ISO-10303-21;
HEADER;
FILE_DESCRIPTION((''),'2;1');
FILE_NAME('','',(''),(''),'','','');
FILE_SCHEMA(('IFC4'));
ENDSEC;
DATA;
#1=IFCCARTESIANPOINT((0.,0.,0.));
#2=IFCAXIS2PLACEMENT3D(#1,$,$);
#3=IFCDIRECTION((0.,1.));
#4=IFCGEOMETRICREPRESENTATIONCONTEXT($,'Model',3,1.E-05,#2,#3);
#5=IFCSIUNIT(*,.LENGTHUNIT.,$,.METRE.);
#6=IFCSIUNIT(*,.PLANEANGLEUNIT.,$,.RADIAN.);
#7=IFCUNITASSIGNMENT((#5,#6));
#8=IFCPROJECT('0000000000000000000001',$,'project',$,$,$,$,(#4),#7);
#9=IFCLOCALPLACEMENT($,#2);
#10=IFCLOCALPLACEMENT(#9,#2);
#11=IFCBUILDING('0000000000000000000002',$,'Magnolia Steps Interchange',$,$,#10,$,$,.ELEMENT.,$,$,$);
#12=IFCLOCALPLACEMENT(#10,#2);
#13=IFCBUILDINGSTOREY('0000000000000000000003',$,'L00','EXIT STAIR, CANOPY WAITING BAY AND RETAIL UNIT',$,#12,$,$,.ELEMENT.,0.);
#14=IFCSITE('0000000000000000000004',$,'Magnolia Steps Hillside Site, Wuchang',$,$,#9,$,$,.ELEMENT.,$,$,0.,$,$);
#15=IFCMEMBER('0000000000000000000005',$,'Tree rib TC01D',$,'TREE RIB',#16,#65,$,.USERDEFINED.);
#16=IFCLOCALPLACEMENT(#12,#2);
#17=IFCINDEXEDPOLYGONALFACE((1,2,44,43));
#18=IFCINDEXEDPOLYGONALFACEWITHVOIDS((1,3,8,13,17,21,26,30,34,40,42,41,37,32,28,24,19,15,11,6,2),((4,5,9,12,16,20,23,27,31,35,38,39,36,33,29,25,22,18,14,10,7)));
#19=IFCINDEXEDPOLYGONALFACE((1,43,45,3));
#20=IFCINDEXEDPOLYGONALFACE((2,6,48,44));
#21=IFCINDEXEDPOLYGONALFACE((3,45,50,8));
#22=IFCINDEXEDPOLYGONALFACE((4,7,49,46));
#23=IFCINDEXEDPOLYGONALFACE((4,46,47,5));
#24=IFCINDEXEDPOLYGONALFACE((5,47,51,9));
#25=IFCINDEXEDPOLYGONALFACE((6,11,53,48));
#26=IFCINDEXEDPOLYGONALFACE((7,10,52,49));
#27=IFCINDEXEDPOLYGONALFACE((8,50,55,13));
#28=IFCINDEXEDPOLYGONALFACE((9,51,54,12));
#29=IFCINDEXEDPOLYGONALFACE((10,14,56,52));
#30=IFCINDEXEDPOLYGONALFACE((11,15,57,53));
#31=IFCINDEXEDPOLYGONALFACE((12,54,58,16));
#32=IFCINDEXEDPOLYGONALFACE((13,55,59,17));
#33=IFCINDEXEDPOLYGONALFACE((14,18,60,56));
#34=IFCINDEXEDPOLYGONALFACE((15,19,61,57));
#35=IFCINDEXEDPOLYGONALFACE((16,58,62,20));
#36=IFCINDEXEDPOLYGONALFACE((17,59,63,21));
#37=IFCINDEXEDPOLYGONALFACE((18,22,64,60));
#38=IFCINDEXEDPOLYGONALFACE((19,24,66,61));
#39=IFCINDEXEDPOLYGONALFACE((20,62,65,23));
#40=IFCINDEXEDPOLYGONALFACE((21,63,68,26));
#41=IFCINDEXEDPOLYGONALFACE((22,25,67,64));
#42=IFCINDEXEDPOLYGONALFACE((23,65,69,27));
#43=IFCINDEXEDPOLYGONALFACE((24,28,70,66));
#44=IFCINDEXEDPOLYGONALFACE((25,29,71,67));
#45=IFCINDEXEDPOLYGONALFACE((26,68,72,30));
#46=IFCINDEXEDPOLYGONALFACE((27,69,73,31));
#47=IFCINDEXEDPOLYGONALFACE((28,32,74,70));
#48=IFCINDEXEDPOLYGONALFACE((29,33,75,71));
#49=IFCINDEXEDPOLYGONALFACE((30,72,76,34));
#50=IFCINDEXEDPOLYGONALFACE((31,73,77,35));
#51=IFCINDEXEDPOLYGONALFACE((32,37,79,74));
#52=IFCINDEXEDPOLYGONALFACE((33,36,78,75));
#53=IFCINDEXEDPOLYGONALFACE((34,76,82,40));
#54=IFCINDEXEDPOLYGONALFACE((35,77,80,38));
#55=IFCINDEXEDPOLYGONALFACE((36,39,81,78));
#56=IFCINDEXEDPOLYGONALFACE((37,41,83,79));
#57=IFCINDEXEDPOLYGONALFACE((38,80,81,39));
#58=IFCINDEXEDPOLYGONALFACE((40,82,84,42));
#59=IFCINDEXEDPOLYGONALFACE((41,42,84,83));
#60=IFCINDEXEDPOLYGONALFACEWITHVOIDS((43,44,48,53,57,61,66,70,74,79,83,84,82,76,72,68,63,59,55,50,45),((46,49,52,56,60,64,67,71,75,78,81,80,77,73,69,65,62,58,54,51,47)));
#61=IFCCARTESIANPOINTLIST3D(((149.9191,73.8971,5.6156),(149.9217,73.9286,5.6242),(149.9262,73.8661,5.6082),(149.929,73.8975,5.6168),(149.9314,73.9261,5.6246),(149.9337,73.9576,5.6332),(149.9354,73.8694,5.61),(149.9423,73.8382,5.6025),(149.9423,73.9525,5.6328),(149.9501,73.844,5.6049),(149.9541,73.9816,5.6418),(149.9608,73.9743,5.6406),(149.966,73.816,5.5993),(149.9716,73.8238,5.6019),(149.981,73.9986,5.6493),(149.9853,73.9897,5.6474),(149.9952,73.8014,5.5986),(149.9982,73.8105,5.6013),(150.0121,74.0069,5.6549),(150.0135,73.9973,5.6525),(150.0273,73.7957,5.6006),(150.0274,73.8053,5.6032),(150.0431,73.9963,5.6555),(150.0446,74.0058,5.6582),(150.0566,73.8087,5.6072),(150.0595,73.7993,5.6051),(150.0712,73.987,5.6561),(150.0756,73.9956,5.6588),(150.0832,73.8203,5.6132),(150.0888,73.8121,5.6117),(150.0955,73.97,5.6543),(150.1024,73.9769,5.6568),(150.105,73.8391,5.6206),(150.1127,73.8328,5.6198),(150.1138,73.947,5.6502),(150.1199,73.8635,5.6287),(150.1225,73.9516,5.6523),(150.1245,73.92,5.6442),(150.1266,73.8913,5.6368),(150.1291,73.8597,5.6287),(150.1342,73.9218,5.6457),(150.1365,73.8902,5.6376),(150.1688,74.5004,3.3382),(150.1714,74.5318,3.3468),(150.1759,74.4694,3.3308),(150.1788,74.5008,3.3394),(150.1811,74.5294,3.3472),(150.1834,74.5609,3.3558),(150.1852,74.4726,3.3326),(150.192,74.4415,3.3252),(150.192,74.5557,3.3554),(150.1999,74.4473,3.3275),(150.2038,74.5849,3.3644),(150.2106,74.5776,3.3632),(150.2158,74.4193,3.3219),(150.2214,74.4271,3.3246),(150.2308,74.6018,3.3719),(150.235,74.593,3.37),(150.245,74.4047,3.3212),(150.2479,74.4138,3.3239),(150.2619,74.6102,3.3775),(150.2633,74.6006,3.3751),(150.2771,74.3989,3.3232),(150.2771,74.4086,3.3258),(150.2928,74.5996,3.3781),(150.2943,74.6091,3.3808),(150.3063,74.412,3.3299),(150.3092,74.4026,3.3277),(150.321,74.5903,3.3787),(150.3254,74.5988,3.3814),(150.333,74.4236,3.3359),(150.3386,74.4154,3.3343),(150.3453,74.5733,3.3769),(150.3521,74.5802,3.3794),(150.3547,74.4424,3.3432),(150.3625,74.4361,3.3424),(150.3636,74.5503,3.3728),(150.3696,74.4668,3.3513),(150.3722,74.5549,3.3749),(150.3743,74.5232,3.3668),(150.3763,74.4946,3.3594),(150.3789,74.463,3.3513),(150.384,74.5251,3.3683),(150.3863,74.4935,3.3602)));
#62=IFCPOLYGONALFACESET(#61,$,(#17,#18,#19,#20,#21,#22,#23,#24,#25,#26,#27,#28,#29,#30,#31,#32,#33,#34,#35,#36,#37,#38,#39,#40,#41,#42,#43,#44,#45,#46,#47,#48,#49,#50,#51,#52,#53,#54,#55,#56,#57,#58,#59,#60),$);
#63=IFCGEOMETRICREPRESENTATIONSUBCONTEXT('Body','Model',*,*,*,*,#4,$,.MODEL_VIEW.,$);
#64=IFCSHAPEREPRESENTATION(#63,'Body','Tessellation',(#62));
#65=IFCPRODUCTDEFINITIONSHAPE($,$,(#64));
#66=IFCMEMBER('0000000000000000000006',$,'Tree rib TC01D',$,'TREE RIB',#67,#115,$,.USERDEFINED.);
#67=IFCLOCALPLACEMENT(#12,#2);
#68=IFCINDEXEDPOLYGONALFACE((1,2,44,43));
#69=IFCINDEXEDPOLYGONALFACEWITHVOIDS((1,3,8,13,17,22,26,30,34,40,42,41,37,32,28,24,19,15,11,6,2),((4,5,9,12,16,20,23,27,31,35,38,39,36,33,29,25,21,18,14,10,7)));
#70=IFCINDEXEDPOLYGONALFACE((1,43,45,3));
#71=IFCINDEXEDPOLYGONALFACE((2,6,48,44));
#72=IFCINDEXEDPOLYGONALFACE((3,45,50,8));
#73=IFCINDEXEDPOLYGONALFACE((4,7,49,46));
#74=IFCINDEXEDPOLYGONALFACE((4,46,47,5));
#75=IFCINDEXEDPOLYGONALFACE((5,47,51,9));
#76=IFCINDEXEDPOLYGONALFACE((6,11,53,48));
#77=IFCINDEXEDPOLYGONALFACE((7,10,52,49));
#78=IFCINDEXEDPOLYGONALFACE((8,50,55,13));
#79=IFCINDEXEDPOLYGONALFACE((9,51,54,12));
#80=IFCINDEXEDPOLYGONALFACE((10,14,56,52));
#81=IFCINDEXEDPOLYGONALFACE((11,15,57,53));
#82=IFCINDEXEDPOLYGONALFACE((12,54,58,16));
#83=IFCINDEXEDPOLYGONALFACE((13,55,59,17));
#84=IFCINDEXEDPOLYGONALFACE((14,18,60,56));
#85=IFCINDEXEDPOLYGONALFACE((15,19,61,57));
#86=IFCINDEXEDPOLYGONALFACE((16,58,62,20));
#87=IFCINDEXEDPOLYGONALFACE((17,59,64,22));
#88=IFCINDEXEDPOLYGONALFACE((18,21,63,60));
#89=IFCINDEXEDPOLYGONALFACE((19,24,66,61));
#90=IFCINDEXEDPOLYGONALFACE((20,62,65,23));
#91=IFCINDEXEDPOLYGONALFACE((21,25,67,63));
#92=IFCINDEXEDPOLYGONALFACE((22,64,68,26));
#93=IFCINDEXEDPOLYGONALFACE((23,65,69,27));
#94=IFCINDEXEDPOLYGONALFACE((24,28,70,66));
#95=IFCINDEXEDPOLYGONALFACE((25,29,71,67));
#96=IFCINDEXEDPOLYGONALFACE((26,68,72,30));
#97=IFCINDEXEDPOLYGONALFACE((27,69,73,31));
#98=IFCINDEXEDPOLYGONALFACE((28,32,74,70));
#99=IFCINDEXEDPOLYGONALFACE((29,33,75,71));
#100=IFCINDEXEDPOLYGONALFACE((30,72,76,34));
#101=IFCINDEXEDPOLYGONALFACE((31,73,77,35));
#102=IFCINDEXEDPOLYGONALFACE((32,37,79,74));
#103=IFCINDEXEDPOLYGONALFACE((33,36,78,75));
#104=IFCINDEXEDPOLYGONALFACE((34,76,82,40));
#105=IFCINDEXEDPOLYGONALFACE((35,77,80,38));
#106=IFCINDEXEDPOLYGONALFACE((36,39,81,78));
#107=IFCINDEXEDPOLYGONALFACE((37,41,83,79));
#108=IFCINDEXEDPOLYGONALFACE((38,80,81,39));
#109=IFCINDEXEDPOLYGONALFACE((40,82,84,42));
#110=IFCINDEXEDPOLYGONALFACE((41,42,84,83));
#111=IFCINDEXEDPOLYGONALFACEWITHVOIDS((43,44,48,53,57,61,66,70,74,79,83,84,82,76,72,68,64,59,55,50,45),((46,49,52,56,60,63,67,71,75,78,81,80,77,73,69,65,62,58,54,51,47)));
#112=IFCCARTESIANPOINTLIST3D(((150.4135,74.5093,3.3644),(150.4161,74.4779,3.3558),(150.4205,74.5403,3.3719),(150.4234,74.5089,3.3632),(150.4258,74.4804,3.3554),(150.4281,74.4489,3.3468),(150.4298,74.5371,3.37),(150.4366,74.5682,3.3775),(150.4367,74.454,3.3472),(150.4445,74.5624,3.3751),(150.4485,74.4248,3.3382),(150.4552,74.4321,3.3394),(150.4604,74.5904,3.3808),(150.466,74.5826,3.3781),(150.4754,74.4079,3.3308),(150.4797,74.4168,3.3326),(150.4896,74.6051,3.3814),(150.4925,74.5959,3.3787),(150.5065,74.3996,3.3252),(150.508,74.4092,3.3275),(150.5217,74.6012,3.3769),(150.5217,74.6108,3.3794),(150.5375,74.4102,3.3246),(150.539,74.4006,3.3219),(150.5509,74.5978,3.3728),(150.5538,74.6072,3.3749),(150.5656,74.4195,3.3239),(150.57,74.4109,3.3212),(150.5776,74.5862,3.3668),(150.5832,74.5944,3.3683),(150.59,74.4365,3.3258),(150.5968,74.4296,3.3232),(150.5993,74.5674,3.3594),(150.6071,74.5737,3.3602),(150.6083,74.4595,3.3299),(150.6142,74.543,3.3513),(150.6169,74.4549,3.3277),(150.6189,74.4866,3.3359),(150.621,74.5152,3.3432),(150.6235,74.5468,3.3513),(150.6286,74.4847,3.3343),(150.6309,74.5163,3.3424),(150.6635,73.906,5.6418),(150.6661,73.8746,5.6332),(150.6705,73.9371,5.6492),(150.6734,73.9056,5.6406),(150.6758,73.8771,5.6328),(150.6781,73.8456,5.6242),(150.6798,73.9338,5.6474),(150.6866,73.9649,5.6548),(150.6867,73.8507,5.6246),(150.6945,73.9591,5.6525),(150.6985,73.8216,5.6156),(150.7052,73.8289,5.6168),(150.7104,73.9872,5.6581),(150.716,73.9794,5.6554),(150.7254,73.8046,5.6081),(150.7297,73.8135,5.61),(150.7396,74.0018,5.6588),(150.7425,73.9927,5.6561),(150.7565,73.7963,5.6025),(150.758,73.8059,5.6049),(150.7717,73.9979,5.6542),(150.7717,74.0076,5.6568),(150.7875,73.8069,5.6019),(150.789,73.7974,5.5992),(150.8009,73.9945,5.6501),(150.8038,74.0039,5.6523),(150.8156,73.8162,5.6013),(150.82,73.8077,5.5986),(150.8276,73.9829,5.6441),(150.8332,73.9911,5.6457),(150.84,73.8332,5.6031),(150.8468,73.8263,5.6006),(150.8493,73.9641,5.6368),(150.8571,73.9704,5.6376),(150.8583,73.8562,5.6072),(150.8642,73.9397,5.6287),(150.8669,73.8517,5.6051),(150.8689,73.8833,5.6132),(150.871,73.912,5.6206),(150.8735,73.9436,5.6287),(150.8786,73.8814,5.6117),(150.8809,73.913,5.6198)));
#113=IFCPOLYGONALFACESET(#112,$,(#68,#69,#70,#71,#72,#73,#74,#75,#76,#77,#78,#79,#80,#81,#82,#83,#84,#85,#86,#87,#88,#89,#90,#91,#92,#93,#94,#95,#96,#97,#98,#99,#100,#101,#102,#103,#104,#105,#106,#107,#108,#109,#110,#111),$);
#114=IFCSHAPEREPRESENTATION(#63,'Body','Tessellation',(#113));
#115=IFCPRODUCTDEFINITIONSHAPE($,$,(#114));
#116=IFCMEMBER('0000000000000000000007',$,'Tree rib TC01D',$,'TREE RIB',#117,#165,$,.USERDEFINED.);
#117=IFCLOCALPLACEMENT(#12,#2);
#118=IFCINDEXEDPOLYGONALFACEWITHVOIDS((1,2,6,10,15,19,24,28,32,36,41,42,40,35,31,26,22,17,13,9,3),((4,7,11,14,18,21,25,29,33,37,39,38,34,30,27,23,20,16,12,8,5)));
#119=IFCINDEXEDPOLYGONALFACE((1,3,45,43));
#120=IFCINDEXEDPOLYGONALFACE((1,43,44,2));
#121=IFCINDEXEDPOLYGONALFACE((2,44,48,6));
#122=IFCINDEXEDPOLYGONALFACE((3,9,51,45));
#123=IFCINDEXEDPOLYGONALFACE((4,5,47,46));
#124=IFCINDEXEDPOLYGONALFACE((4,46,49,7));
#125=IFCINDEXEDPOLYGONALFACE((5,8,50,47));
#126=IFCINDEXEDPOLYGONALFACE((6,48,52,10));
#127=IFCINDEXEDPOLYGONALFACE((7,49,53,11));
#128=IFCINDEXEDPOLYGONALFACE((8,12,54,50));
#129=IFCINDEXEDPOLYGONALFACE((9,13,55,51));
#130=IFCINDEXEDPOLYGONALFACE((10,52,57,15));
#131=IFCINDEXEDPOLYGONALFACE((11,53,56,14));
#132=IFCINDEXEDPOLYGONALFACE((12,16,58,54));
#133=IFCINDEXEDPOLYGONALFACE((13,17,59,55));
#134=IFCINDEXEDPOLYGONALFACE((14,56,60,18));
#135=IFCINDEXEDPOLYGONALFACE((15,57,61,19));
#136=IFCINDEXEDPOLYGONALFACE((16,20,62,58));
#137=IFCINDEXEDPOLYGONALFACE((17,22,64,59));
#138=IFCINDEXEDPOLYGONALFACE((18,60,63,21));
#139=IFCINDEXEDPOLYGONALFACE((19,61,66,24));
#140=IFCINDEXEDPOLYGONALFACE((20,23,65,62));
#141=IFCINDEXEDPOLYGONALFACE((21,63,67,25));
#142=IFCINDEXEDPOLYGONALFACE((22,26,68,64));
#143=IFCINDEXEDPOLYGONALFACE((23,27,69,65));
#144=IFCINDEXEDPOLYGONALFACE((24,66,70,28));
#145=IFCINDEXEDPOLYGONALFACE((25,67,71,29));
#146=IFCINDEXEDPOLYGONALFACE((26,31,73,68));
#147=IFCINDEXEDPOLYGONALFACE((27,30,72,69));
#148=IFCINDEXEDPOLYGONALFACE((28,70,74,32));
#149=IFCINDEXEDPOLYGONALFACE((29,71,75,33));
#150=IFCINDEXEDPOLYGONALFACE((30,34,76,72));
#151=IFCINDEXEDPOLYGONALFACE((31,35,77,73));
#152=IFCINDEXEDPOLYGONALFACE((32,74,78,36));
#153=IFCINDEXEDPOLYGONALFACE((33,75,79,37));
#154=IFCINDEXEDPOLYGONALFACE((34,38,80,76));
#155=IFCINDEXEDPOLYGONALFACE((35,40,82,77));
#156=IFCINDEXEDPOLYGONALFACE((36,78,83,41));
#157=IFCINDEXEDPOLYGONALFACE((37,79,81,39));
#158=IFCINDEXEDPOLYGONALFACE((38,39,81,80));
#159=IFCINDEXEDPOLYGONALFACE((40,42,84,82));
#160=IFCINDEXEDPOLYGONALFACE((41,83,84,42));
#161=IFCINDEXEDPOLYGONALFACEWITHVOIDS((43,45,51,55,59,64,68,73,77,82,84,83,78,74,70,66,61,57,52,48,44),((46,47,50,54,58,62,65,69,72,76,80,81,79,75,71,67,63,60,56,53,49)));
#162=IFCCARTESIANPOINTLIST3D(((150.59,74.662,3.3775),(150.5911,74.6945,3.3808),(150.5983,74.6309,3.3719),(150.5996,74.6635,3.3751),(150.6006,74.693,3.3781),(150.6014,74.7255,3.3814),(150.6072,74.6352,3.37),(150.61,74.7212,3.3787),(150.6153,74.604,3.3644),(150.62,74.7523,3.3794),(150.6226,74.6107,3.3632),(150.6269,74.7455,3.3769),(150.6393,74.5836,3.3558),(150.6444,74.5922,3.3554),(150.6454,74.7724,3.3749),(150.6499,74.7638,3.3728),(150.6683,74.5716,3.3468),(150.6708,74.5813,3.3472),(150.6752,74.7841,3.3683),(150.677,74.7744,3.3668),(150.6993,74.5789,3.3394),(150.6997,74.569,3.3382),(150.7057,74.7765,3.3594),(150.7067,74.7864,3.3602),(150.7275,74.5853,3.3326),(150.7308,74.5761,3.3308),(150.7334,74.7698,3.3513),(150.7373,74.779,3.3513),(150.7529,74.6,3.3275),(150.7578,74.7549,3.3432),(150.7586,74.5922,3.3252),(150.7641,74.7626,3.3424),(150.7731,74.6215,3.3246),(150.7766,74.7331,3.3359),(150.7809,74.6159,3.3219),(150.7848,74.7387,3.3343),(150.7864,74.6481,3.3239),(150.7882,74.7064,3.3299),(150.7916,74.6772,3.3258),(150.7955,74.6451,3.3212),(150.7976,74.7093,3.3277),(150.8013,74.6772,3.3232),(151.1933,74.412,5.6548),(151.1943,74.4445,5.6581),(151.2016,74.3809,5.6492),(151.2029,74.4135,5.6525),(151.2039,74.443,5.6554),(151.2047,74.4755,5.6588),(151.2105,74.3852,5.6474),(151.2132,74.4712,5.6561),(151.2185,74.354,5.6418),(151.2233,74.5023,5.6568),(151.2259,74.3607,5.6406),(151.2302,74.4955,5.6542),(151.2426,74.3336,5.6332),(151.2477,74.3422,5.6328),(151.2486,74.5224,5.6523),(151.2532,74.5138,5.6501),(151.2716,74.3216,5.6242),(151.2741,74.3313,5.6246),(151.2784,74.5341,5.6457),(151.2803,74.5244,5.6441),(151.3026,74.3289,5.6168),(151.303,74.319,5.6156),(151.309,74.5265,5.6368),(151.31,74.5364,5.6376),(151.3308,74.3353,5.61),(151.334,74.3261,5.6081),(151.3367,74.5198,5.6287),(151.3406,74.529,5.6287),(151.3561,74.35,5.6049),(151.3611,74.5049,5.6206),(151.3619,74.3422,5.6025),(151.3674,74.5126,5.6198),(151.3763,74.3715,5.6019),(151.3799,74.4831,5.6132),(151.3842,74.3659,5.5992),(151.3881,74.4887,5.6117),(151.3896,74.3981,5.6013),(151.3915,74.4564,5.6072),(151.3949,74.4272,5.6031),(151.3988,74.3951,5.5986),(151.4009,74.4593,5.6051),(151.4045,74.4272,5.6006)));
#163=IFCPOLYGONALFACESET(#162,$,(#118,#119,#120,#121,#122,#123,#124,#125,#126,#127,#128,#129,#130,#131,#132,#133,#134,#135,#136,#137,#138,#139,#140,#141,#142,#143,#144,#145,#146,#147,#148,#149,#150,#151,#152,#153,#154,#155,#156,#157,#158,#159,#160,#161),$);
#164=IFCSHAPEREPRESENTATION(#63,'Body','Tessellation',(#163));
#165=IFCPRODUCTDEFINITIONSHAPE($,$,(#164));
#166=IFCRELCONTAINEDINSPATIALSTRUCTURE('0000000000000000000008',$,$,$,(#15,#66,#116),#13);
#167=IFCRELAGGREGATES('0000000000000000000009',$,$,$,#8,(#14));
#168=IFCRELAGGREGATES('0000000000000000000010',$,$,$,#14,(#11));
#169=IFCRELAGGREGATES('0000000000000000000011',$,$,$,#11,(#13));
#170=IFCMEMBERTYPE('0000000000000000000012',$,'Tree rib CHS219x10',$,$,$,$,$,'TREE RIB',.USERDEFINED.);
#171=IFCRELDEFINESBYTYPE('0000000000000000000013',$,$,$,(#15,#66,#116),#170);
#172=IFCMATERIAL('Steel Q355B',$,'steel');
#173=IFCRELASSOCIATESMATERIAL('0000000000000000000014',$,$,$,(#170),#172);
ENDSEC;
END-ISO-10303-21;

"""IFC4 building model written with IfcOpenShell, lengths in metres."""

from ifc_helpers import new_model, si_unit, direction, frame, origin, origin_2d, place, context, subcontext, project, spatial, hollow_circle, extrude, material, material_profile, profile_set, type_object, element, save


model = new_model("IFC4")

# Units and contexts
model_context = context("Model", 3, precision=1e-05, world=origin(), true_north=direction((0.0, 1.0)))
body_context = subcontext(model_context, "Body", "Model", "MODEL_VIEW")
ifc_project = project(units=[si_unit("LENGTHUNIT", "METRE"), si_unit("PLANEANGLEUNIT", "RADIAN")], contexts=[model_context])

# Site, building, storey
site_placement = place(None, origin())
site = spatial("IfcSite", under=ifc_project, at=site_placement, Name="Magnolia Steps Hillside Site, Wuchang", CompositionType="ELEMENT", RefElevation=0.0)
building_placement = place(site_placement, origin())
building = spatial("IfcBuilding", under=site, at=building_placement, Name="Magnolia Steps Interchange", CompositionType="ELEMENT")
storey_placement = place(building_placement, origin())
storey = spatial("IfcBuildingStorey", under=building, at=storey_placement, Name="L00", Description="EXIT STAIR, CANOPY WAITING BAY AND RETAIL UNIT", CompositionType="ELEMENT", Elevation=0.0)

# Members
ifc_material_1 = material(Name="Steel Q355B", Category="steel")
ifc_material_profile_1 = material_profile(ifc_material_1, hollow_circle(Radius=0.1096, WallThickness=0.01, at=origin_2d()), Name="CHS219x10")
ifc_profile_set_1 = profile_set([ifc_material_profile_1], Name="Steel Q355B")
member_type = type_object("IfcMemberType", Name="Tree rib CHS219x10", ElementType="TREE RIB", PredefinedType="USERDEFINED", material=ifc_profile_set_1)
for number, where, z_axis, x_axis, name in (
    (1, (150.2776, 74.5049, 3.3513), (-0.105422, -0.254642, 0.961272), (0.923948, -0.382517, 0.0), "Tree rib TC01D"),
    (2, (150.5222, 74.5049, 3.3513), (0.105524, -0.254639, 0.961261), (0.923816, 0.382836, 0.0), "Tree rib TC01D"),
    (3, (150.6953, 74.6777, 3.3513), (0.254639, -0.105524, 0.961261), (0.382836, 0.923816, 0.0), "Tree rib TC01D"),
):
    element("IfcMember", number, at=place(storey_placement, frame(where, z_axis=z_axis, x_axis=x_axis)), inside=storey, type_object=member_type, Name=name, ObjectType="TREE RIB", PredefinedType="USERDEFINED", context=body_context, shape_type="SweptSolid", body=[
        extrude(hollow_circle(Radius=0.1096, WallThickness=0.01, at=origin_2d()), origin(), (0.0, 0.0, 1.0), 2.3691),
    ])

save(model, "model.ifc")
